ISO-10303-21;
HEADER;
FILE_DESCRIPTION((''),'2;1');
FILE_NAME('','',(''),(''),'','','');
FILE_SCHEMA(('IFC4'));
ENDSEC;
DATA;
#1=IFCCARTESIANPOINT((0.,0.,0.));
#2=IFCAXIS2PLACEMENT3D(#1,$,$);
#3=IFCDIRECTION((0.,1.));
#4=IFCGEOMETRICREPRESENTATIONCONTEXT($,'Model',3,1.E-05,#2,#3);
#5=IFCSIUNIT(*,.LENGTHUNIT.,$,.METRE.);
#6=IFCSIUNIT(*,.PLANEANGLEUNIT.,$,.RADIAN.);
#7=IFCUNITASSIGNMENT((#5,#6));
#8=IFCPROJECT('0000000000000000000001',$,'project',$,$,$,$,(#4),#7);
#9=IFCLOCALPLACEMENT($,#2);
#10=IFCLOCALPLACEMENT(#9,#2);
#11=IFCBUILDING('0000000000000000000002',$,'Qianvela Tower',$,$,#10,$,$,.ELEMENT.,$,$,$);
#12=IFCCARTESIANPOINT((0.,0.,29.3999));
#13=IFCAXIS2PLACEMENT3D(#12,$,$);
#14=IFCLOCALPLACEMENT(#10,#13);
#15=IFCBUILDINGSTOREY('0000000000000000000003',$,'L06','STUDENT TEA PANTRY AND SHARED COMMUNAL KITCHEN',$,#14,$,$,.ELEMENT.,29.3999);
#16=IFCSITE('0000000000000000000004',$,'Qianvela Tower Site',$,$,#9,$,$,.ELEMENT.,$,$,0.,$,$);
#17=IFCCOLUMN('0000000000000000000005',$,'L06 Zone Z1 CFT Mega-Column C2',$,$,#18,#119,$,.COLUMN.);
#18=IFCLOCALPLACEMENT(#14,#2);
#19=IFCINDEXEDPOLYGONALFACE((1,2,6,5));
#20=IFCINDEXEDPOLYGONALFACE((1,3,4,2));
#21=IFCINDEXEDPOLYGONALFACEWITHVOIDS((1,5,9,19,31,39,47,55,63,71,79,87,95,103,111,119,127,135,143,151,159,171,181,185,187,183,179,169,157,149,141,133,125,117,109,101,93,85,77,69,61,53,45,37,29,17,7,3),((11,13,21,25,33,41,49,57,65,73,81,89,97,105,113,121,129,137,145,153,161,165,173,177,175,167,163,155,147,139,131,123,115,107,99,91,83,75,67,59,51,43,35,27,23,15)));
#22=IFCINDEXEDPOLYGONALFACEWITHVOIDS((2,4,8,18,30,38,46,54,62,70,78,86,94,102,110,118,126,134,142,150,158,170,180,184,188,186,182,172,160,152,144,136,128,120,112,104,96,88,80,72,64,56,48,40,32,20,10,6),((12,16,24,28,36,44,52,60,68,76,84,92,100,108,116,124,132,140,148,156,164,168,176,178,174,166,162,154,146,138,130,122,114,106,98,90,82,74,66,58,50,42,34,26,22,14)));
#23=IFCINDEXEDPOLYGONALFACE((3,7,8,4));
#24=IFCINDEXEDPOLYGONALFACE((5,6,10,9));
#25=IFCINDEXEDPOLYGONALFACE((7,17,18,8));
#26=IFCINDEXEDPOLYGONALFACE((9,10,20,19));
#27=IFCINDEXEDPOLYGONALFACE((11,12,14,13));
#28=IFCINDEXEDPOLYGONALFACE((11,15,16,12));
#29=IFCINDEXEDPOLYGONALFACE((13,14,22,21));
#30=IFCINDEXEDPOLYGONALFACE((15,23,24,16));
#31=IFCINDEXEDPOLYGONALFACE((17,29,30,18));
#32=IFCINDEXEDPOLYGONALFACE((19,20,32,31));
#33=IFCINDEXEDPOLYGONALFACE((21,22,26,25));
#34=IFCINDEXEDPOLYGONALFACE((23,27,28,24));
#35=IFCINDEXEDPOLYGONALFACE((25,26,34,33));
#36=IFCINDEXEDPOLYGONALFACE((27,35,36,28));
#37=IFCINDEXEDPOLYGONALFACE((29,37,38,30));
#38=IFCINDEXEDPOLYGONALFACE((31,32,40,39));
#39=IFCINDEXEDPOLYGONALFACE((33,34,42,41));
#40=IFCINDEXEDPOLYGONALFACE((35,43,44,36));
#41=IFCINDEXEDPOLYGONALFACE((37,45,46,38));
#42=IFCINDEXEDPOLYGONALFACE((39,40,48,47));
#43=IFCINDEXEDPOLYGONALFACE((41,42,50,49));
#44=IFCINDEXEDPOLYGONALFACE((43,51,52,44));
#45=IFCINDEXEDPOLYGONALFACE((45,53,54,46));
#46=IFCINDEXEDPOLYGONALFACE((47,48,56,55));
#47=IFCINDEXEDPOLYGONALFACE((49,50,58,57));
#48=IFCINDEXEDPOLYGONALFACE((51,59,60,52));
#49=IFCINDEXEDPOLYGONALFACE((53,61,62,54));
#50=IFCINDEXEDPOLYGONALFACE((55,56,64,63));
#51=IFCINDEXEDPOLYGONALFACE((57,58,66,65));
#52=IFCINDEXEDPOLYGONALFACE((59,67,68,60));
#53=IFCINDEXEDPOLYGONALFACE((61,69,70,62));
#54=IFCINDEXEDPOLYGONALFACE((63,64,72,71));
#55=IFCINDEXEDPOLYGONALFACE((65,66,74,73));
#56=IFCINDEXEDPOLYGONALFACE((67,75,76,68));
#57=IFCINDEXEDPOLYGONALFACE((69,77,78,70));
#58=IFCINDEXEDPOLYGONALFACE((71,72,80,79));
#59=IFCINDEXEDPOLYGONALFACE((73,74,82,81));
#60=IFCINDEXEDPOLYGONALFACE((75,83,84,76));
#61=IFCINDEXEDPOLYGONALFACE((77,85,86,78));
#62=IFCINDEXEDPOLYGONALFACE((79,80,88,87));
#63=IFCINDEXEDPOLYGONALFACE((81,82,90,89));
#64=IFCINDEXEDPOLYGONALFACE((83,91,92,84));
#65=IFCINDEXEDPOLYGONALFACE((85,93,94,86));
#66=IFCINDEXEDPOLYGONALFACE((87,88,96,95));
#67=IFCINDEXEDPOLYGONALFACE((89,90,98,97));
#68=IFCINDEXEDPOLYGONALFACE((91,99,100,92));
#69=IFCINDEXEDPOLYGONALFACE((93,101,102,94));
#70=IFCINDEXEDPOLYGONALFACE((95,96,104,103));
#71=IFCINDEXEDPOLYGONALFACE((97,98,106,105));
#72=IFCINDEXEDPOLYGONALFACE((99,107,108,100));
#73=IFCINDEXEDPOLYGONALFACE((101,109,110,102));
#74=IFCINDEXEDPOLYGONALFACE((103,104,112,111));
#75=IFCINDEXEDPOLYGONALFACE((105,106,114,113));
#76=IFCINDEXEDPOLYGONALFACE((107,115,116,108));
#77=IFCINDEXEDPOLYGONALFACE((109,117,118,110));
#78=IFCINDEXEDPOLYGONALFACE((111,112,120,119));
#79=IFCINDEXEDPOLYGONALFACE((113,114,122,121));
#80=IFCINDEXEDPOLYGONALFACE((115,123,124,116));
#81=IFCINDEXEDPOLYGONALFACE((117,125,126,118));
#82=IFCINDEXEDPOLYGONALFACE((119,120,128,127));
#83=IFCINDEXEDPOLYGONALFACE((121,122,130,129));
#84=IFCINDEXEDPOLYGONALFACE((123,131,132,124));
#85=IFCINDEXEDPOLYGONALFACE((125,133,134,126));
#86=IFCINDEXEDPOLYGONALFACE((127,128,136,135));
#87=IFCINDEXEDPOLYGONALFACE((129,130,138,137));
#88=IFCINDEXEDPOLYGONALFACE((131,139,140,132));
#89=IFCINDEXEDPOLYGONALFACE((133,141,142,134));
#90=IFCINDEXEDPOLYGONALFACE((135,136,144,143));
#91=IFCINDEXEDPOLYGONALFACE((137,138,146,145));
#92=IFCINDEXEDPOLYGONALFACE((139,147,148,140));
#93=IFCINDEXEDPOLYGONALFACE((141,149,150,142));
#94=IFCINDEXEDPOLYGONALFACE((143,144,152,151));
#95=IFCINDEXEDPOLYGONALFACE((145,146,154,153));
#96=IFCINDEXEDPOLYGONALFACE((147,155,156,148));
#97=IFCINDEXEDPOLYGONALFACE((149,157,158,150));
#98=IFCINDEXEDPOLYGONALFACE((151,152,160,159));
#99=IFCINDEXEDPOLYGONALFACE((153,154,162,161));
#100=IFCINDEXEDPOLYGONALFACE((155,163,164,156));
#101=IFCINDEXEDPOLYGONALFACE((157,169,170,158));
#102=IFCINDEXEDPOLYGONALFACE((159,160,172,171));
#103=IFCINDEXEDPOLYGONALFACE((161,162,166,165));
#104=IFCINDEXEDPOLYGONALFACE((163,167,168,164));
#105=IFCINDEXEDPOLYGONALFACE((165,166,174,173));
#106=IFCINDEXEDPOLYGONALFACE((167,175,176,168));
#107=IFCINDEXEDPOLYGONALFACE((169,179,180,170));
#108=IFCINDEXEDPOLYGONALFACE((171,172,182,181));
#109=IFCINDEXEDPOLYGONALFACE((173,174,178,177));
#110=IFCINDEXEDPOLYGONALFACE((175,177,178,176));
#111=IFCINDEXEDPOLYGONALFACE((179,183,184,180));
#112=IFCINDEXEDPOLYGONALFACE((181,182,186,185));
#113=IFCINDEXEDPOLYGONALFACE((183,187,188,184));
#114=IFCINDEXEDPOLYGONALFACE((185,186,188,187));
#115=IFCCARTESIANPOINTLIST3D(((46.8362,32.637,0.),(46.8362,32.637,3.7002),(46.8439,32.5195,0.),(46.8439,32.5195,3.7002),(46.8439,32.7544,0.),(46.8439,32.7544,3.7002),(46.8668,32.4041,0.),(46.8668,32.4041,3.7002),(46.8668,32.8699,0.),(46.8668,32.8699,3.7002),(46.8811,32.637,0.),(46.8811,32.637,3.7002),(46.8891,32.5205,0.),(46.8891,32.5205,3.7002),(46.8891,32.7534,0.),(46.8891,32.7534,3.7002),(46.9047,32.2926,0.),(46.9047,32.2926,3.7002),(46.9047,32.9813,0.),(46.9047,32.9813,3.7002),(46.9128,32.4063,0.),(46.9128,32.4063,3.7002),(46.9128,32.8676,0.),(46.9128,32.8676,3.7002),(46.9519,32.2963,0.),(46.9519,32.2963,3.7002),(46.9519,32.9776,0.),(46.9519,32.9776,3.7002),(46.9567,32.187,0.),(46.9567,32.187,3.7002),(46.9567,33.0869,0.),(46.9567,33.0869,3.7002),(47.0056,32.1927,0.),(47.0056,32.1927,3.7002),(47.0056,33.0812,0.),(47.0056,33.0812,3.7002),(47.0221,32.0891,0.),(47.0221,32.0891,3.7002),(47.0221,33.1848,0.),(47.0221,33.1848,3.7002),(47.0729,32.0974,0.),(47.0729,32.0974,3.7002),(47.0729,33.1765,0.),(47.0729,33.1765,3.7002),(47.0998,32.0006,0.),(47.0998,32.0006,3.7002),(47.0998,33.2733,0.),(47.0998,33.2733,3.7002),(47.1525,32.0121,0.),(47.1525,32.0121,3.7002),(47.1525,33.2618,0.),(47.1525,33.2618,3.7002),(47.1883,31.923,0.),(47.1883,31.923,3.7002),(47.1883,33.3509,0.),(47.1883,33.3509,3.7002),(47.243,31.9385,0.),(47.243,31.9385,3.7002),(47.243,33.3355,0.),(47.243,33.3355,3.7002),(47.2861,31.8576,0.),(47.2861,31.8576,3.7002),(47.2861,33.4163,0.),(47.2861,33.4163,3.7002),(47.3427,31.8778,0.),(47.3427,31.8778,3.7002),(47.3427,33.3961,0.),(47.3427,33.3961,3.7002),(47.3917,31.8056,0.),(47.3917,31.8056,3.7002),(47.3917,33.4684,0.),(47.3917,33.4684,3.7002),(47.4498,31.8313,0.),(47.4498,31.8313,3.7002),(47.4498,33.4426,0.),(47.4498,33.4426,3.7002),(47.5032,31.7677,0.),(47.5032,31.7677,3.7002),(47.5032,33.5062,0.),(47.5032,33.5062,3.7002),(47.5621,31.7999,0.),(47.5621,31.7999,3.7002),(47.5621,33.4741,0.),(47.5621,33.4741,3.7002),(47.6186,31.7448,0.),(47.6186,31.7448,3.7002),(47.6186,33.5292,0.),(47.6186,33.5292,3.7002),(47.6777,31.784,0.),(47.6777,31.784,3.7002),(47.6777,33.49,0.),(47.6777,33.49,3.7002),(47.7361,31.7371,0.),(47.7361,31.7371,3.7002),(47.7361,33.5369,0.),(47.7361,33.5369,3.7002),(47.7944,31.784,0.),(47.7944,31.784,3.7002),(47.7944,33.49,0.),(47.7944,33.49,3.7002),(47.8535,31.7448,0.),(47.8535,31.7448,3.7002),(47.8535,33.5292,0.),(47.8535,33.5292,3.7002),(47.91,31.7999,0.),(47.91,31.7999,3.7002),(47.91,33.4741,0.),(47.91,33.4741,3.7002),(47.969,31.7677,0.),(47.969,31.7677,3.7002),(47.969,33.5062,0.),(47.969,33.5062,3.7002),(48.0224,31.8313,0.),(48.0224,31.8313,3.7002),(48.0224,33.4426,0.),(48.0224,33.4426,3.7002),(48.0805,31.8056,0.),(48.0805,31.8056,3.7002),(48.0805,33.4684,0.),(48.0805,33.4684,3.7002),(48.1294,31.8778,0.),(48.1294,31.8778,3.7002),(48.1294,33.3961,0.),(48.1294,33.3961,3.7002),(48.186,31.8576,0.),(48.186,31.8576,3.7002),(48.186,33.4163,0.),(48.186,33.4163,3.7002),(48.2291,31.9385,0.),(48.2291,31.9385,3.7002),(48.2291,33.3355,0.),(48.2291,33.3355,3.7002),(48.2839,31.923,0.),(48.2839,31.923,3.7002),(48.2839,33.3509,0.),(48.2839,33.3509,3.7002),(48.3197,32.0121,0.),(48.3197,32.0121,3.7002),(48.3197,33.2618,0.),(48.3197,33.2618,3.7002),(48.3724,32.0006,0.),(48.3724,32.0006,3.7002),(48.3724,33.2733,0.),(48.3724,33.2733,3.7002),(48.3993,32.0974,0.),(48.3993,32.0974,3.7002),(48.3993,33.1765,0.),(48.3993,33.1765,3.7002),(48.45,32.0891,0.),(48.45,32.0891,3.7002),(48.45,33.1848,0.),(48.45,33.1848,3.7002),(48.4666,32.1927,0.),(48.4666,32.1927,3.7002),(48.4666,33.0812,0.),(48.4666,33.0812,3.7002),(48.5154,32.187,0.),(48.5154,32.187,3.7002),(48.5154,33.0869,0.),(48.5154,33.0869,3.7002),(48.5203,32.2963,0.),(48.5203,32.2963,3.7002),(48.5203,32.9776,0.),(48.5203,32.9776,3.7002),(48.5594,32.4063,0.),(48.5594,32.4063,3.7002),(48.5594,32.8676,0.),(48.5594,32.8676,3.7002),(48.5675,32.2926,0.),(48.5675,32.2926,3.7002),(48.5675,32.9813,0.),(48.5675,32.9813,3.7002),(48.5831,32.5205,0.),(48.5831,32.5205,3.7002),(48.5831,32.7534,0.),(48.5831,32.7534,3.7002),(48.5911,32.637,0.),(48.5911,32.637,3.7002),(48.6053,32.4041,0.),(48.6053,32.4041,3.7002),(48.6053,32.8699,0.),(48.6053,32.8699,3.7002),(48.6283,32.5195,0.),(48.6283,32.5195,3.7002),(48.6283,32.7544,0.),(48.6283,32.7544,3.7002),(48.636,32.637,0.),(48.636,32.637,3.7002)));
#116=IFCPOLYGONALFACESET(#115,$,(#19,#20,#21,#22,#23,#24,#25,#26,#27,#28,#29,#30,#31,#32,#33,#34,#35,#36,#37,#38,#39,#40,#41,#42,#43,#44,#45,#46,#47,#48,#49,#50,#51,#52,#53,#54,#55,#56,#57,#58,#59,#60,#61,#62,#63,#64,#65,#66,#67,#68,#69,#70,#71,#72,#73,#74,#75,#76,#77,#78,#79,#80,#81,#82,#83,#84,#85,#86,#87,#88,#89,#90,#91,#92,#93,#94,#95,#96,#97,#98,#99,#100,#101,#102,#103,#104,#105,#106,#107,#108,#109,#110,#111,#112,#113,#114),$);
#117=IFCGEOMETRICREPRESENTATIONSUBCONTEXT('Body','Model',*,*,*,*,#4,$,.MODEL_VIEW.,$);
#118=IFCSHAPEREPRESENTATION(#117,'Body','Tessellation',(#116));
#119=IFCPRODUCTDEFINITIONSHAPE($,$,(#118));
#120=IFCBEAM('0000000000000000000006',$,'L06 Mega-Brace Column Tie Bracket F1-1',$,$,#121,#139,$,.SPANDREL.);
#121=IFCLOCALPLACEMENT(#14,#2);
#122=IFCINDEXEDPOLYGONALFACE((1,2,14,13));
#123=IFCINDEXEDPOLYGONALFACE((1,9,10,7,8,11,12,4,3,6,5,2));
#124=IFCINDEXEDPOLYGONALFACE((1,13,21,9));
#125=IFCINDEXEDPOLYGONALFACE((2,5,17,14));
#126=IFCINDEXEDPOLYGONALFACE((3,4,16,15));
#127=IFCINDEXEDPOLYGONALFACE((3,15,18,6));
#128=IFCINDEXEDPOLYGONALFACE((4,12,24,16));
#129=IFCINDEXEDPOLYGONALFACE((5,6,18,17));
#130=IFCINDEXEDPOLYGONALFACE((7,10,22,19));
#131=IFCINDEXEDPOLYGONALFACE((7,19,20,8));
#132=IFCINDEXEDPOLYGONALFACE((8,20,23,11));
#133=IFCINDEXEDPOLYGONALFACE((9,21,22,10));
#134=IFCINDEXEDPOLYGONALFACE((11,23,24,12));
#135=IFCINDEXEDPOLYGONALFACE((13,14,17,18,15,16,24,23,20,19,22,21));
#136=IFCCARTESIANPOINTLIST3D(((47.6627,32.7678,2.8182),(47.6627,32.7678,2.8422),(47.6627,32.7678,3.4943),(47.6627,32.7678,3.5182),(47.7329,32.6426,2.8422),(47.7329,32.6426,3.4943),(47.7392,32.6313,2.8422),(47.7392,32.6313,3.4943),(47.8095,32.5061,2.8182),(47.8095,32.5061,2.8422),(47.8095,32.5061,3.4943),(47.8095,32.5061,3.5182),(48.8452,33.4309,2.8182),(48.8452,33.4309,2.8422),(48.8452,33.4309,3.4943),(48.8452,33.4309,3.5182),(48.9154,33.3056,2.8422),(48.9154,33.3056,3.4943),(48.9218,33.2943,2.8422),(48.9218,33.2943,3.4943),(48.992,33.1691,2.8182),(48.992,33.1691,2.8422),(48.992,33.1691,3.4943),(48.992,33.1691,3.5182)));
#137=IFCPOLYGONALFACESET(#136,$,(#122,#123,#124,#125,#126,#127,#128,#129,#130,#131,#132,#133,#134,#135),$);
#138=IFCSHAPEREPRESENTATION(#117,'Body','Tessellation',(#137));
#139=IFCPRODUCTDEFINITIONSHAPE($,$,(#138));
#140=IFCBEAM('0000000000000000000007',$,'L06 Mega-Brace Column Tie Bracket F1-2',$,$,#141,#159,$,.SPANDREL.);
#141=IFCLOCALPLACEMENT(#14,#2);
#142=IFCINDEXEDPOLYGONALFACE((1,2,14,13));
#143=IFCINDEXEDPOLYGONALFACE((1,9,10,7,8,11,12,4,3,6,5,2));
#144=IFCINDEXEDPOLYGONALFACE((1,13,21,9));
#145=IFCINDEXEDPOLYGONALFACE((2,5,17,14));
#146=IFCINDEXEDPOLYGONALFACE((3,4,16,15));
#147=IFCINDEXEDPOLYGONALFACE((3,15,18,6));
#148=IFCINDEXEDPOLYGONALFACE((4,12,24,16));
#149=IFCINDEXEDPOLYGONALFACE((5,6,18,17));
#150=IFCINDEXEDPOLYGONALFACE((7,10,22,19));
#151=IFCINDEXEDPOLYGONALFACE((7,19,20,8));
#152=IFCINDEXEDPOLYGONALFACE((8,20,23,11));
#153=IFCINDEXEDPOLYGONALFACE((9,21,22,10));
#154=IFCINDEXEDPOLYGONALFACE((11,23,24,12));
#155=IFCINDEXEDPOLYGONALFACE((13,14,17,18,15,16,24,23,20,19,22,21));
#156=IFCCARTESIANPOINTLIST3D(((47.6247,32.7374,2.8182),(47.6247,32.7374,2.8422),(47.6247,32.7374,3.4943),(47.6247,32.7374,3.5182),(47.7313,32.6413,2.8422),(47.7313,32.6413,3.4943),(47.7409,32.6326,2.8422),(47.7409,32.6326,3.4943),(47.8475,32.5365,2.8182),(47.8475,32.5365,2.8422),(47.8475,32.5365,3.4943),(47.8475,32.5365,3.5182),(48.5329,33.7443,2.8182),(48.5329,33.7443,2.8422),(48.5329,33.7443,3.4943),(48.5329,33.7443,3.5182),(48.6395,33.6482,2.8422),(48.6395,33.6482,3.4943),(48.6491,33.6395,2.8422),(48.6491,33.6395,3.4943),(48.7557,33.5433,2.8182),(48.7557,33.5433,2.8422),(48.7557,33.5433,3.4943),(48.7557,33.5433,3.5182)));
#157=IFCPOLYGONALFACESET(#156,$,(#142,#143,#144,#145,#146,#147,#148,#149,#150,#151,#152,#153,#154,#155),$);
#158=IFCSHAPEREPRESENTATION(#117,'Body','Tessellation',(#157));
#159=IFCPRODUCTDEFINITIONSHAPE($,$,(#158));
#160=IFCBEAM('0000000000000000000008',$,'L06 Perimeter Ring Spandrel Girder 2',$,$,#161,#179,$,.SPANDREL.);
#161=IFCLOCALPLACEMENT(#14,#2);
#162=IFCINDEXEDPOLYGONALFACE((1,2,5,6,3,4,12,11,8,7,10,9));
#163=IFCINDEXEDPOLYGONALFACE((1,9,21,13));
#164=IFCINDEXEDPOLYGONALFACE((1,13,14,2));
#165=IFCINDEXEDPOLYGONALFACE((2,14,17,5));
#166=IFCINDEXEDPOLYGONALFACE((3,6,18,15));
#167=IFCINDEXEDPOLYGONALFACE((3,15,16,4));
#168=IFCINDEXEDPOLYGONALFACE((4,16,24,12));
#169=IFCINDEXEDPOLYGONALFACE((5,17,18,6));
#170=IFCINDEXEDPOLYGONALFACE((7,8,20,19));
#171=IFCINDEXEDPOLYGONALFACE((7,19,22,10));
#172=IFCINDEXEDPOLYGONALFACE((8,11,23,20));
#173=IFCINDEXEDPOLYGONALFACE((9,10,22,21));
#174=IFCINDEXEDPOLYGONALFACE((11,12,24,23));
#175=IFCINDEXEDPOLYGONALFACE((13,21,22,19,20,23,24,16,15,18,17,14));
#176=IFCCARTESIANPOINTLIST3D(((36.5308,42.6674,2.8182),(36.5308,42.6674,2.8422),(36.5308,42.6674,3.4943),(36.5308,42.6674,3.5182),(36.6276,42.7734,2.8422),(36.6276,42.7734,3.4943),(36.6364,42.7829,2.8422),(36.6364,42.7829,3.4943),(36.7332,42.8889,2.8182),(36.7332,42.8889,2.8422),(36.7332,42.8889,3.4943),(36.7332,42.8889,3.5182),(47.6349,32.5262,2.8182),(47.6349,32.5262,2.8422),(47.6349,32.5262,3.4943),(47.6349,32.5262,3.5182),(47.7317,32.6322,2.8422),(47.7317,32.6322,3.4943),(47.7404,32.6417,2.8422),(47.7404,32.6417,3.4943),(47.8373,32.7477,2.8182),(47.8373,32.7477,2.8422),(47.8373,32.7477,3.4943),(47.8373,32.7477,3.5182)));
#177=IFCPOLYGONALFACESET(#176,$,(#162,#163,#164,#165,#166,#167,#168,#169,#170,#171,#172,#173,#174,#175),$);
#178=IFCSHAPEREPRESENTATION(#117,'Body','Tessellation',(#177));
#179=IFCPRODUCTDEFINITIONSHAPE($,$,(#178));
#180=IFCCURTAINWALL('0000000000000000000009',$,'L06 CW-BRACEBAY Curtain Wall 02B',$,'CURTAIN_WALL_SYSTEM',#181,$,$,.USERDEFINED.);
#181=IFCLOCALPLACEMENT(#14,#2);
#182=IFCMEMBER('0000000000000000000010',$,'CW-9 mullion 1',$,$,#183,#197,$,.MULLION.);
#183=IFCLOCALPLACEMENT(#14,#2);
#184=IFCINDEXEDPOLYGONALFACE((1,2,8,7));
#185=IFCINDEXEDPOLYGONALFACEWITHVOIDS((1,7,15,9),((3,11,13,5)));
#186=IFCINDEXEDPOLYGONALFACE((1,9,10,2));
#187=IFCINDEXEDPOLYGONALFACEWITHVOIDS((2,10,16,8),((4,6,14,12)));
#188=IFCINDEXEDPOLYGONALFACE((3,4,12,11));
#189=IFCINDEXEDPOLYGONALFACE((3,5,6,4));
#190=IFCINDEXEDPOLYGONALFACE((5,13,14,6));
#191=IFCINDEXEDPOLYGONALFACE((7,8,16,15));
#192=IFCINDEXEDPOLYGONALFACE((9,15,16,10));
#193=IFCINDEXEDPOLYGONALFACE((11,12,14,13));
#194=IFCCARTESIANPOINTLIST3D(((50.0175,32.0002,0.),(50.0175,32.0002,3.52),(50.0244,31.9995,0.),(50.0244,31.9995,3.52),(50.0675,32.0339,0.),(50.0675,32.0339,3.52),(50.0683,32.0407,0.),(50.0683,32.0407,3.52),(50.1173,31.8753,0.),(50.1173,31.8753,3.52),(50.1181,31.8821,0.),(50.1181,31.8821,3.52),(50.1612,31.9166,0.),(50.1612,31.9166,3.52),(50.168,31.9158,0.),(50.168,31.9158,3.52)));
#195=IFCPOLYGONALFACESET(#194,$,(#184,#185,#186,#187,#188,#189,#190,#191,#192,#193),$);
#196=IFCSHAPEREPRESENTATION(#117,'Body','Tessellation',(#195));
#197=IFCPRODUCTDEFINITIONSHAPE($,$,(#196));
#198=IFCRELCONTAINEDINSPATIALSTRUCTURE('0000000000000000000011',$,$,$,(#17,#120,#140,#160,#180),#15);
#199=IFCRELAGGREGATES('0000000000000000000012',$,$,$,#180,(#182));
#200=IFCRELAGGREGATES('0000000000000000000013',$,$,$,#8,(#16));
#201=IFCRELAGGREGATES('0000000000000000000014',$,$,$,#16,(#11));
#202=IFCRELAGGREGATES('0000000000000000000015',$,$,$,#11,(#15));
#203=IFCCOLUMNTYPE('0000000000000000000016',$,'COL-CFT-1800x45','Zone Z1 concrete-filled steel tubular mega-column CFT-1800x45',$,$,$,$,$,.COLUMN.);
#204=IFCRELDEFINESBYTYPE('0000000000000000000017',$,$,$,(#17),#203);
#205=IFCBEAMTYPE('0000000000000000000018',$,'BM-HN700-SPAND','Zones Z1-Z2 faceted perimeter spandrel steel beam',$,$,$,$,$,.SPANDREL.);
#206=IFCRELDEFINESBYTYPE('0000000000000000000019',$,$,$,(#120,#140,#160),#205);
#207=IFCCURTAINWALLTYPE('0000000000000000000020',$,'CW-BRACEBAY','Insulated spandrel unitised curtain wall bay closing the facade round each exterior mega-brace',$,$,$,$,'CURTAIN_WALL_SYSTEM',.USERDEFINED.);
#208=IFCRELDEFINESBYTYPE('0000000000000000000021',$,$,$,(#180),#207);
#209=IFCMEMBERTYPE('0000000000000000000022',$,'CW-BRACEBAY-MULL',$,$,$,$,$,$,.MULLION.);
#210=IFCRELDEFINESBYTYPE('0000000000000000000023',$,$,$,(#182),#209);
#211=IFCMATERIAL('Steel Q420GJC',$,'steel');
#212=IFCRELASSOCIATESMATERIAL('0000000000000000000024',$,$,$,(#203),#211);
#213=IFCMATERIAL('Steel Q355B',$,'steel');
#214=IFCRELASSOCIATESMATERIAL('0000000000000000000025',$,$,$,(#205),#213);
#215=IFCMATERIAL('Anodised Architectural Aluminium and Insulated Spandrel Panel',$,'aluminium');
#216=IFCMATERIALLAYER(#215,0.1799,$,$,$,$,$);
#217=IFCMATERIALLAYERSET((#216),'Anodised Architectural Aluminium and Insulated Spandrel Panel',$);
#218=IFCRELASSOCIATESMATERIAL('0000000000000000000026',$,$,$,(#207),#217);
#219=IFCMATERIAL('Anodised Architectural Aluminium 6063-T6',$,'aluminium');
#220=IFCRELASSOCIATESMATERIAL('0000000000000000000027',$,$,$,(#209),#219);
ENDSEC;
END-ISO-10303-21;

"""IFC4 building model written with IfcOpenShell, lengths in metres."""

from ifc_helpers import new_model, si_unit, direction, frame, origin, origin_2d, place, context, subcontext, project, spatial, hollow_rectangle, hollow_circle, i_section, extrude, material, layer, layer_set, material_profile, profile_set, type_object, element, aggregate, save


model = new_model("IFC4")

# Units and contexts
model_context = context("Model", 3, precision=1e-05, world=origin(), true_north=direction((0.0, 1.0)))
body_context = subcontext(model_context, "Body", "Model", "MODEL_VIEW")
ifc_project = project(units=[si_unit("LENGTHUNIT", "METRE"), si_unit("PLANEANGLEUNIT", "RADIAN")], contexts=[model_context])

# Site, building, storey
site_placement = place(None, origin())
site = spatial("IfcSite", under=ifc_project, at=site_placement, Name="Qianvela Tower Site", CompositionType="ELEMENT", RefElevation=0.0)
building_placement = place(site_placement, origin())
building = spatial("IfcBuilding", under=site, at=building_placement, Name="Qianvela Tower", CompositionType="ELEMENT")
storey_placement = place(building_placement, frame((0.0, 0.0, 29.3999)))
storey = spatial("IfcBuildingStorey", under=building, at=storey_placement, Name="L06", Description="STUDENT TEA PANTRY AND SHARED COMMUNAL KITCHEN", CompositionType="ELEMENT", Elevation=29.3999)

# Column
ifc_material_1 = material(Name="Steel Q420GJC", Category="steel")
ifc_material_profile_1 = material_profile(ifc_material_1, hollow_circle(Radius=0.8999, WallThickness=0.0449, at=origin_2d()), Name="CFT-1800x45")
ifc_profile_set_1 = profile_set([ifc_material_profile_1], Name="Steel Q420GJC")
column_type = type_object("IfcColumnType", Name="COL-CFT-1800x45", Description="Zone Z1 concrete-filled steel tubular mega-column CFT-1800x45", PredefinedType="COLUMN", material=ifc_profile_set_1)
column_placement = place(storey_placement, frame((47.7361, 32.637, 0.0), z_axis=(0.0, 0.0, 1.0), x_axis=(1.0, 0.0, 0.0)))
element("IfcColumn", 1, at=column_placement, inside=storey, type_object=column_type, Name="L06 Zone Z1 CFT Mega-Column C2", PredefinedType="COLUMN", context=body_context, shape_type="SweptSolid", body=[
    extrude(hollow_circle(Radius=0.8999, WallThickness=0.0449, at=origin_2d()), origin(), (0.0, 0.0, 1.0), 3.7002),
])

# Beams
ifc_material_2 = material(Name="Steel Q355B", Category="steel")
ifc_material_profile_2 = material_profile(ifc_material_2, i_section(OverallWidth=0.3, OverallDepth=0.7, WebThickness=0.0129, FlangeThickness=0.0239, at=origin_2d()), Name="HN700x300x13x24")
ifc_profile_set_2 = profile_set([ifc_material_profile_2], Name="Steel Q355B")
beam_type = type_object("IfcBeamType", Name="BM-HN700-SPAND", Description="Zones Z1-Z2 faceted perimeter spandrel steel beam", PredefinedType="SPANDREL", material=ifc_profile_set_2)
beam_1_placement = place(storey_placement, frame((47.7361, 32.637, 3.1682), z_axis=(0.872248, 0.489064, 0.0), x_axis=(-0.489064, 0.872248, 0.0)))
element("IfcBeam", 2, at=beam_1_placement, inside=storey, type_object=beam_type, Name="L06 Mega-Brace Column Tie Bracket F1-1", PredefinedType="SPANDREL", context=body_context, shape_type="SweptSolid", body=[
    extrude(i_section(OverallWidth=0.3, OverallDepth=0.7, WebThickness=0.0129, FlangeThickness=0.0239, at=origin_2d()), origin(), (0.0, 0.0, 1.0), 1.3557),
])
beam_2_placement = place(storey_placement, frame((47.7361, 32.637, 3.1682), z_axis=(0.6698, 0.742542, 0.0), x_axis=(-0.742542, 0.6698, 0.0)))
element("IfcBeam", 3, at=beam_2_placement, inside=storey, type_object=beam_type, Name="L06 Mega-Brace Column Tie Bracket F1-2", PredefinedType="SPANDREL", context=body_context, shape_type="SweptSolid", body=[
    extrude(i_section(OverallWidth=0.3, OverallDepth=0.7, WebThickness=0.0129, FlangeThickness=0.0239, at=origin_2d()), origin(), (0.0, 0.0, 1.0), 1.356),
])
beam_3_placement = place(storey_placement, frame((47.7361, 32.637, 3.1682), z_axis=(-0.738397, 0.674366, 0.0), x_axis=(-0.674366, -0.738397, 0.0)))
element("IfcBeam", 4, at=beam_3_placement, inside=storey, type_object=beam_type, Name="L06 Perimeter Ring Spandrel Girder 2", PredefinedType="SPANDREL", context=body_context, shape_type="SweptSolid", body=[
    extrude(i_section(OverallWidth=0.3, OverallDepth=0.7, WebThickness=0.0129, FlangeThickness=0.0239, at=origin_2d()), origin(), (0.0, 0.0, 1.0), 15.0381),
])

# Curtain wall, member
ifc_material_3 = material(Name="Anodised Architectural Aluminium and Insulated Spandrel Panel", Category="aluminium")
ifc_layer_1 = layer(ifc_material_3, 0.1799)
ifc_layer_set_1 = layer_set([ifc_layer_1], Name="Anodised Architectural Aluminium and Insulated Spandrel Panel")
curtain_wall_type_1 = type_object("IfcCurtainWallType", Name="CW-BRACEBAY", Description="Insulated spandrel unitised curtain wall bay closing the facade round each exterior mega-brace", ElementType="CURTAIN_WALL_SYSTEM", PredefinedType="USERDEFINED", material=ifc_layer_set_1)
curtain_wall_1_placement = place(storey_placement, origin())
curtain_wall_1 = element("IfcCurtainWall", 5, at=curtain_wall_1_placement, inside=storey, type_object=curtain_wall_type_1, Name="L06 CW-BRACEBAY Curtain Wall 02B", ObjectType="CURTAIN_WALL_SYSTEM", PredefinedType="USERDEFINED")
ifc_material_4 = material(Name="Anodised Architectural Aluminium 6063-T6", Category="aluminium")
ifc_material_profile_3 = material_profile(ifc_material_4, hollow_rectangle(XDim=0.0649, YDim=0.1599, WallThickness=0.0049, at=origin_2d()), Name="ALU-MULL-65x160")
ifc_profile_set_3 = profile_set([ifc_material_profile_3], Name="Anodised Architectural Aluminium 6063-T6")
member_type_1 = type_object("IfcMemberType", Name="CW-BRACEBAY-MULL", PredefinedType="MULLION", material=ifc_profile_set_3)
member_1_placement = place(storey_placement, frame((50.0928, 31.958, 0.0), z_axis=(0.0, 0.0, 1.0), x_axis=(-0.781445, -0.623975, 0.0)))
member_1 = element("IfcMember", 6, at=member_1_placement, type_object=member_type_1, Name="CW-9 mullion 1", PredefinedType="MULLION", context=body_context, shape_type="SweptSolid", body=[
    extrude(hollow_rectangle(XDim=0.0649, YDim=0.1599, WallThickness=0.0049, at=origin_2d()), origin(), (0.0, 0.0, 1.0), 3.52),
])

aggregate(curtain_wall_1, [member_1])

save(model, "model.ifc")
